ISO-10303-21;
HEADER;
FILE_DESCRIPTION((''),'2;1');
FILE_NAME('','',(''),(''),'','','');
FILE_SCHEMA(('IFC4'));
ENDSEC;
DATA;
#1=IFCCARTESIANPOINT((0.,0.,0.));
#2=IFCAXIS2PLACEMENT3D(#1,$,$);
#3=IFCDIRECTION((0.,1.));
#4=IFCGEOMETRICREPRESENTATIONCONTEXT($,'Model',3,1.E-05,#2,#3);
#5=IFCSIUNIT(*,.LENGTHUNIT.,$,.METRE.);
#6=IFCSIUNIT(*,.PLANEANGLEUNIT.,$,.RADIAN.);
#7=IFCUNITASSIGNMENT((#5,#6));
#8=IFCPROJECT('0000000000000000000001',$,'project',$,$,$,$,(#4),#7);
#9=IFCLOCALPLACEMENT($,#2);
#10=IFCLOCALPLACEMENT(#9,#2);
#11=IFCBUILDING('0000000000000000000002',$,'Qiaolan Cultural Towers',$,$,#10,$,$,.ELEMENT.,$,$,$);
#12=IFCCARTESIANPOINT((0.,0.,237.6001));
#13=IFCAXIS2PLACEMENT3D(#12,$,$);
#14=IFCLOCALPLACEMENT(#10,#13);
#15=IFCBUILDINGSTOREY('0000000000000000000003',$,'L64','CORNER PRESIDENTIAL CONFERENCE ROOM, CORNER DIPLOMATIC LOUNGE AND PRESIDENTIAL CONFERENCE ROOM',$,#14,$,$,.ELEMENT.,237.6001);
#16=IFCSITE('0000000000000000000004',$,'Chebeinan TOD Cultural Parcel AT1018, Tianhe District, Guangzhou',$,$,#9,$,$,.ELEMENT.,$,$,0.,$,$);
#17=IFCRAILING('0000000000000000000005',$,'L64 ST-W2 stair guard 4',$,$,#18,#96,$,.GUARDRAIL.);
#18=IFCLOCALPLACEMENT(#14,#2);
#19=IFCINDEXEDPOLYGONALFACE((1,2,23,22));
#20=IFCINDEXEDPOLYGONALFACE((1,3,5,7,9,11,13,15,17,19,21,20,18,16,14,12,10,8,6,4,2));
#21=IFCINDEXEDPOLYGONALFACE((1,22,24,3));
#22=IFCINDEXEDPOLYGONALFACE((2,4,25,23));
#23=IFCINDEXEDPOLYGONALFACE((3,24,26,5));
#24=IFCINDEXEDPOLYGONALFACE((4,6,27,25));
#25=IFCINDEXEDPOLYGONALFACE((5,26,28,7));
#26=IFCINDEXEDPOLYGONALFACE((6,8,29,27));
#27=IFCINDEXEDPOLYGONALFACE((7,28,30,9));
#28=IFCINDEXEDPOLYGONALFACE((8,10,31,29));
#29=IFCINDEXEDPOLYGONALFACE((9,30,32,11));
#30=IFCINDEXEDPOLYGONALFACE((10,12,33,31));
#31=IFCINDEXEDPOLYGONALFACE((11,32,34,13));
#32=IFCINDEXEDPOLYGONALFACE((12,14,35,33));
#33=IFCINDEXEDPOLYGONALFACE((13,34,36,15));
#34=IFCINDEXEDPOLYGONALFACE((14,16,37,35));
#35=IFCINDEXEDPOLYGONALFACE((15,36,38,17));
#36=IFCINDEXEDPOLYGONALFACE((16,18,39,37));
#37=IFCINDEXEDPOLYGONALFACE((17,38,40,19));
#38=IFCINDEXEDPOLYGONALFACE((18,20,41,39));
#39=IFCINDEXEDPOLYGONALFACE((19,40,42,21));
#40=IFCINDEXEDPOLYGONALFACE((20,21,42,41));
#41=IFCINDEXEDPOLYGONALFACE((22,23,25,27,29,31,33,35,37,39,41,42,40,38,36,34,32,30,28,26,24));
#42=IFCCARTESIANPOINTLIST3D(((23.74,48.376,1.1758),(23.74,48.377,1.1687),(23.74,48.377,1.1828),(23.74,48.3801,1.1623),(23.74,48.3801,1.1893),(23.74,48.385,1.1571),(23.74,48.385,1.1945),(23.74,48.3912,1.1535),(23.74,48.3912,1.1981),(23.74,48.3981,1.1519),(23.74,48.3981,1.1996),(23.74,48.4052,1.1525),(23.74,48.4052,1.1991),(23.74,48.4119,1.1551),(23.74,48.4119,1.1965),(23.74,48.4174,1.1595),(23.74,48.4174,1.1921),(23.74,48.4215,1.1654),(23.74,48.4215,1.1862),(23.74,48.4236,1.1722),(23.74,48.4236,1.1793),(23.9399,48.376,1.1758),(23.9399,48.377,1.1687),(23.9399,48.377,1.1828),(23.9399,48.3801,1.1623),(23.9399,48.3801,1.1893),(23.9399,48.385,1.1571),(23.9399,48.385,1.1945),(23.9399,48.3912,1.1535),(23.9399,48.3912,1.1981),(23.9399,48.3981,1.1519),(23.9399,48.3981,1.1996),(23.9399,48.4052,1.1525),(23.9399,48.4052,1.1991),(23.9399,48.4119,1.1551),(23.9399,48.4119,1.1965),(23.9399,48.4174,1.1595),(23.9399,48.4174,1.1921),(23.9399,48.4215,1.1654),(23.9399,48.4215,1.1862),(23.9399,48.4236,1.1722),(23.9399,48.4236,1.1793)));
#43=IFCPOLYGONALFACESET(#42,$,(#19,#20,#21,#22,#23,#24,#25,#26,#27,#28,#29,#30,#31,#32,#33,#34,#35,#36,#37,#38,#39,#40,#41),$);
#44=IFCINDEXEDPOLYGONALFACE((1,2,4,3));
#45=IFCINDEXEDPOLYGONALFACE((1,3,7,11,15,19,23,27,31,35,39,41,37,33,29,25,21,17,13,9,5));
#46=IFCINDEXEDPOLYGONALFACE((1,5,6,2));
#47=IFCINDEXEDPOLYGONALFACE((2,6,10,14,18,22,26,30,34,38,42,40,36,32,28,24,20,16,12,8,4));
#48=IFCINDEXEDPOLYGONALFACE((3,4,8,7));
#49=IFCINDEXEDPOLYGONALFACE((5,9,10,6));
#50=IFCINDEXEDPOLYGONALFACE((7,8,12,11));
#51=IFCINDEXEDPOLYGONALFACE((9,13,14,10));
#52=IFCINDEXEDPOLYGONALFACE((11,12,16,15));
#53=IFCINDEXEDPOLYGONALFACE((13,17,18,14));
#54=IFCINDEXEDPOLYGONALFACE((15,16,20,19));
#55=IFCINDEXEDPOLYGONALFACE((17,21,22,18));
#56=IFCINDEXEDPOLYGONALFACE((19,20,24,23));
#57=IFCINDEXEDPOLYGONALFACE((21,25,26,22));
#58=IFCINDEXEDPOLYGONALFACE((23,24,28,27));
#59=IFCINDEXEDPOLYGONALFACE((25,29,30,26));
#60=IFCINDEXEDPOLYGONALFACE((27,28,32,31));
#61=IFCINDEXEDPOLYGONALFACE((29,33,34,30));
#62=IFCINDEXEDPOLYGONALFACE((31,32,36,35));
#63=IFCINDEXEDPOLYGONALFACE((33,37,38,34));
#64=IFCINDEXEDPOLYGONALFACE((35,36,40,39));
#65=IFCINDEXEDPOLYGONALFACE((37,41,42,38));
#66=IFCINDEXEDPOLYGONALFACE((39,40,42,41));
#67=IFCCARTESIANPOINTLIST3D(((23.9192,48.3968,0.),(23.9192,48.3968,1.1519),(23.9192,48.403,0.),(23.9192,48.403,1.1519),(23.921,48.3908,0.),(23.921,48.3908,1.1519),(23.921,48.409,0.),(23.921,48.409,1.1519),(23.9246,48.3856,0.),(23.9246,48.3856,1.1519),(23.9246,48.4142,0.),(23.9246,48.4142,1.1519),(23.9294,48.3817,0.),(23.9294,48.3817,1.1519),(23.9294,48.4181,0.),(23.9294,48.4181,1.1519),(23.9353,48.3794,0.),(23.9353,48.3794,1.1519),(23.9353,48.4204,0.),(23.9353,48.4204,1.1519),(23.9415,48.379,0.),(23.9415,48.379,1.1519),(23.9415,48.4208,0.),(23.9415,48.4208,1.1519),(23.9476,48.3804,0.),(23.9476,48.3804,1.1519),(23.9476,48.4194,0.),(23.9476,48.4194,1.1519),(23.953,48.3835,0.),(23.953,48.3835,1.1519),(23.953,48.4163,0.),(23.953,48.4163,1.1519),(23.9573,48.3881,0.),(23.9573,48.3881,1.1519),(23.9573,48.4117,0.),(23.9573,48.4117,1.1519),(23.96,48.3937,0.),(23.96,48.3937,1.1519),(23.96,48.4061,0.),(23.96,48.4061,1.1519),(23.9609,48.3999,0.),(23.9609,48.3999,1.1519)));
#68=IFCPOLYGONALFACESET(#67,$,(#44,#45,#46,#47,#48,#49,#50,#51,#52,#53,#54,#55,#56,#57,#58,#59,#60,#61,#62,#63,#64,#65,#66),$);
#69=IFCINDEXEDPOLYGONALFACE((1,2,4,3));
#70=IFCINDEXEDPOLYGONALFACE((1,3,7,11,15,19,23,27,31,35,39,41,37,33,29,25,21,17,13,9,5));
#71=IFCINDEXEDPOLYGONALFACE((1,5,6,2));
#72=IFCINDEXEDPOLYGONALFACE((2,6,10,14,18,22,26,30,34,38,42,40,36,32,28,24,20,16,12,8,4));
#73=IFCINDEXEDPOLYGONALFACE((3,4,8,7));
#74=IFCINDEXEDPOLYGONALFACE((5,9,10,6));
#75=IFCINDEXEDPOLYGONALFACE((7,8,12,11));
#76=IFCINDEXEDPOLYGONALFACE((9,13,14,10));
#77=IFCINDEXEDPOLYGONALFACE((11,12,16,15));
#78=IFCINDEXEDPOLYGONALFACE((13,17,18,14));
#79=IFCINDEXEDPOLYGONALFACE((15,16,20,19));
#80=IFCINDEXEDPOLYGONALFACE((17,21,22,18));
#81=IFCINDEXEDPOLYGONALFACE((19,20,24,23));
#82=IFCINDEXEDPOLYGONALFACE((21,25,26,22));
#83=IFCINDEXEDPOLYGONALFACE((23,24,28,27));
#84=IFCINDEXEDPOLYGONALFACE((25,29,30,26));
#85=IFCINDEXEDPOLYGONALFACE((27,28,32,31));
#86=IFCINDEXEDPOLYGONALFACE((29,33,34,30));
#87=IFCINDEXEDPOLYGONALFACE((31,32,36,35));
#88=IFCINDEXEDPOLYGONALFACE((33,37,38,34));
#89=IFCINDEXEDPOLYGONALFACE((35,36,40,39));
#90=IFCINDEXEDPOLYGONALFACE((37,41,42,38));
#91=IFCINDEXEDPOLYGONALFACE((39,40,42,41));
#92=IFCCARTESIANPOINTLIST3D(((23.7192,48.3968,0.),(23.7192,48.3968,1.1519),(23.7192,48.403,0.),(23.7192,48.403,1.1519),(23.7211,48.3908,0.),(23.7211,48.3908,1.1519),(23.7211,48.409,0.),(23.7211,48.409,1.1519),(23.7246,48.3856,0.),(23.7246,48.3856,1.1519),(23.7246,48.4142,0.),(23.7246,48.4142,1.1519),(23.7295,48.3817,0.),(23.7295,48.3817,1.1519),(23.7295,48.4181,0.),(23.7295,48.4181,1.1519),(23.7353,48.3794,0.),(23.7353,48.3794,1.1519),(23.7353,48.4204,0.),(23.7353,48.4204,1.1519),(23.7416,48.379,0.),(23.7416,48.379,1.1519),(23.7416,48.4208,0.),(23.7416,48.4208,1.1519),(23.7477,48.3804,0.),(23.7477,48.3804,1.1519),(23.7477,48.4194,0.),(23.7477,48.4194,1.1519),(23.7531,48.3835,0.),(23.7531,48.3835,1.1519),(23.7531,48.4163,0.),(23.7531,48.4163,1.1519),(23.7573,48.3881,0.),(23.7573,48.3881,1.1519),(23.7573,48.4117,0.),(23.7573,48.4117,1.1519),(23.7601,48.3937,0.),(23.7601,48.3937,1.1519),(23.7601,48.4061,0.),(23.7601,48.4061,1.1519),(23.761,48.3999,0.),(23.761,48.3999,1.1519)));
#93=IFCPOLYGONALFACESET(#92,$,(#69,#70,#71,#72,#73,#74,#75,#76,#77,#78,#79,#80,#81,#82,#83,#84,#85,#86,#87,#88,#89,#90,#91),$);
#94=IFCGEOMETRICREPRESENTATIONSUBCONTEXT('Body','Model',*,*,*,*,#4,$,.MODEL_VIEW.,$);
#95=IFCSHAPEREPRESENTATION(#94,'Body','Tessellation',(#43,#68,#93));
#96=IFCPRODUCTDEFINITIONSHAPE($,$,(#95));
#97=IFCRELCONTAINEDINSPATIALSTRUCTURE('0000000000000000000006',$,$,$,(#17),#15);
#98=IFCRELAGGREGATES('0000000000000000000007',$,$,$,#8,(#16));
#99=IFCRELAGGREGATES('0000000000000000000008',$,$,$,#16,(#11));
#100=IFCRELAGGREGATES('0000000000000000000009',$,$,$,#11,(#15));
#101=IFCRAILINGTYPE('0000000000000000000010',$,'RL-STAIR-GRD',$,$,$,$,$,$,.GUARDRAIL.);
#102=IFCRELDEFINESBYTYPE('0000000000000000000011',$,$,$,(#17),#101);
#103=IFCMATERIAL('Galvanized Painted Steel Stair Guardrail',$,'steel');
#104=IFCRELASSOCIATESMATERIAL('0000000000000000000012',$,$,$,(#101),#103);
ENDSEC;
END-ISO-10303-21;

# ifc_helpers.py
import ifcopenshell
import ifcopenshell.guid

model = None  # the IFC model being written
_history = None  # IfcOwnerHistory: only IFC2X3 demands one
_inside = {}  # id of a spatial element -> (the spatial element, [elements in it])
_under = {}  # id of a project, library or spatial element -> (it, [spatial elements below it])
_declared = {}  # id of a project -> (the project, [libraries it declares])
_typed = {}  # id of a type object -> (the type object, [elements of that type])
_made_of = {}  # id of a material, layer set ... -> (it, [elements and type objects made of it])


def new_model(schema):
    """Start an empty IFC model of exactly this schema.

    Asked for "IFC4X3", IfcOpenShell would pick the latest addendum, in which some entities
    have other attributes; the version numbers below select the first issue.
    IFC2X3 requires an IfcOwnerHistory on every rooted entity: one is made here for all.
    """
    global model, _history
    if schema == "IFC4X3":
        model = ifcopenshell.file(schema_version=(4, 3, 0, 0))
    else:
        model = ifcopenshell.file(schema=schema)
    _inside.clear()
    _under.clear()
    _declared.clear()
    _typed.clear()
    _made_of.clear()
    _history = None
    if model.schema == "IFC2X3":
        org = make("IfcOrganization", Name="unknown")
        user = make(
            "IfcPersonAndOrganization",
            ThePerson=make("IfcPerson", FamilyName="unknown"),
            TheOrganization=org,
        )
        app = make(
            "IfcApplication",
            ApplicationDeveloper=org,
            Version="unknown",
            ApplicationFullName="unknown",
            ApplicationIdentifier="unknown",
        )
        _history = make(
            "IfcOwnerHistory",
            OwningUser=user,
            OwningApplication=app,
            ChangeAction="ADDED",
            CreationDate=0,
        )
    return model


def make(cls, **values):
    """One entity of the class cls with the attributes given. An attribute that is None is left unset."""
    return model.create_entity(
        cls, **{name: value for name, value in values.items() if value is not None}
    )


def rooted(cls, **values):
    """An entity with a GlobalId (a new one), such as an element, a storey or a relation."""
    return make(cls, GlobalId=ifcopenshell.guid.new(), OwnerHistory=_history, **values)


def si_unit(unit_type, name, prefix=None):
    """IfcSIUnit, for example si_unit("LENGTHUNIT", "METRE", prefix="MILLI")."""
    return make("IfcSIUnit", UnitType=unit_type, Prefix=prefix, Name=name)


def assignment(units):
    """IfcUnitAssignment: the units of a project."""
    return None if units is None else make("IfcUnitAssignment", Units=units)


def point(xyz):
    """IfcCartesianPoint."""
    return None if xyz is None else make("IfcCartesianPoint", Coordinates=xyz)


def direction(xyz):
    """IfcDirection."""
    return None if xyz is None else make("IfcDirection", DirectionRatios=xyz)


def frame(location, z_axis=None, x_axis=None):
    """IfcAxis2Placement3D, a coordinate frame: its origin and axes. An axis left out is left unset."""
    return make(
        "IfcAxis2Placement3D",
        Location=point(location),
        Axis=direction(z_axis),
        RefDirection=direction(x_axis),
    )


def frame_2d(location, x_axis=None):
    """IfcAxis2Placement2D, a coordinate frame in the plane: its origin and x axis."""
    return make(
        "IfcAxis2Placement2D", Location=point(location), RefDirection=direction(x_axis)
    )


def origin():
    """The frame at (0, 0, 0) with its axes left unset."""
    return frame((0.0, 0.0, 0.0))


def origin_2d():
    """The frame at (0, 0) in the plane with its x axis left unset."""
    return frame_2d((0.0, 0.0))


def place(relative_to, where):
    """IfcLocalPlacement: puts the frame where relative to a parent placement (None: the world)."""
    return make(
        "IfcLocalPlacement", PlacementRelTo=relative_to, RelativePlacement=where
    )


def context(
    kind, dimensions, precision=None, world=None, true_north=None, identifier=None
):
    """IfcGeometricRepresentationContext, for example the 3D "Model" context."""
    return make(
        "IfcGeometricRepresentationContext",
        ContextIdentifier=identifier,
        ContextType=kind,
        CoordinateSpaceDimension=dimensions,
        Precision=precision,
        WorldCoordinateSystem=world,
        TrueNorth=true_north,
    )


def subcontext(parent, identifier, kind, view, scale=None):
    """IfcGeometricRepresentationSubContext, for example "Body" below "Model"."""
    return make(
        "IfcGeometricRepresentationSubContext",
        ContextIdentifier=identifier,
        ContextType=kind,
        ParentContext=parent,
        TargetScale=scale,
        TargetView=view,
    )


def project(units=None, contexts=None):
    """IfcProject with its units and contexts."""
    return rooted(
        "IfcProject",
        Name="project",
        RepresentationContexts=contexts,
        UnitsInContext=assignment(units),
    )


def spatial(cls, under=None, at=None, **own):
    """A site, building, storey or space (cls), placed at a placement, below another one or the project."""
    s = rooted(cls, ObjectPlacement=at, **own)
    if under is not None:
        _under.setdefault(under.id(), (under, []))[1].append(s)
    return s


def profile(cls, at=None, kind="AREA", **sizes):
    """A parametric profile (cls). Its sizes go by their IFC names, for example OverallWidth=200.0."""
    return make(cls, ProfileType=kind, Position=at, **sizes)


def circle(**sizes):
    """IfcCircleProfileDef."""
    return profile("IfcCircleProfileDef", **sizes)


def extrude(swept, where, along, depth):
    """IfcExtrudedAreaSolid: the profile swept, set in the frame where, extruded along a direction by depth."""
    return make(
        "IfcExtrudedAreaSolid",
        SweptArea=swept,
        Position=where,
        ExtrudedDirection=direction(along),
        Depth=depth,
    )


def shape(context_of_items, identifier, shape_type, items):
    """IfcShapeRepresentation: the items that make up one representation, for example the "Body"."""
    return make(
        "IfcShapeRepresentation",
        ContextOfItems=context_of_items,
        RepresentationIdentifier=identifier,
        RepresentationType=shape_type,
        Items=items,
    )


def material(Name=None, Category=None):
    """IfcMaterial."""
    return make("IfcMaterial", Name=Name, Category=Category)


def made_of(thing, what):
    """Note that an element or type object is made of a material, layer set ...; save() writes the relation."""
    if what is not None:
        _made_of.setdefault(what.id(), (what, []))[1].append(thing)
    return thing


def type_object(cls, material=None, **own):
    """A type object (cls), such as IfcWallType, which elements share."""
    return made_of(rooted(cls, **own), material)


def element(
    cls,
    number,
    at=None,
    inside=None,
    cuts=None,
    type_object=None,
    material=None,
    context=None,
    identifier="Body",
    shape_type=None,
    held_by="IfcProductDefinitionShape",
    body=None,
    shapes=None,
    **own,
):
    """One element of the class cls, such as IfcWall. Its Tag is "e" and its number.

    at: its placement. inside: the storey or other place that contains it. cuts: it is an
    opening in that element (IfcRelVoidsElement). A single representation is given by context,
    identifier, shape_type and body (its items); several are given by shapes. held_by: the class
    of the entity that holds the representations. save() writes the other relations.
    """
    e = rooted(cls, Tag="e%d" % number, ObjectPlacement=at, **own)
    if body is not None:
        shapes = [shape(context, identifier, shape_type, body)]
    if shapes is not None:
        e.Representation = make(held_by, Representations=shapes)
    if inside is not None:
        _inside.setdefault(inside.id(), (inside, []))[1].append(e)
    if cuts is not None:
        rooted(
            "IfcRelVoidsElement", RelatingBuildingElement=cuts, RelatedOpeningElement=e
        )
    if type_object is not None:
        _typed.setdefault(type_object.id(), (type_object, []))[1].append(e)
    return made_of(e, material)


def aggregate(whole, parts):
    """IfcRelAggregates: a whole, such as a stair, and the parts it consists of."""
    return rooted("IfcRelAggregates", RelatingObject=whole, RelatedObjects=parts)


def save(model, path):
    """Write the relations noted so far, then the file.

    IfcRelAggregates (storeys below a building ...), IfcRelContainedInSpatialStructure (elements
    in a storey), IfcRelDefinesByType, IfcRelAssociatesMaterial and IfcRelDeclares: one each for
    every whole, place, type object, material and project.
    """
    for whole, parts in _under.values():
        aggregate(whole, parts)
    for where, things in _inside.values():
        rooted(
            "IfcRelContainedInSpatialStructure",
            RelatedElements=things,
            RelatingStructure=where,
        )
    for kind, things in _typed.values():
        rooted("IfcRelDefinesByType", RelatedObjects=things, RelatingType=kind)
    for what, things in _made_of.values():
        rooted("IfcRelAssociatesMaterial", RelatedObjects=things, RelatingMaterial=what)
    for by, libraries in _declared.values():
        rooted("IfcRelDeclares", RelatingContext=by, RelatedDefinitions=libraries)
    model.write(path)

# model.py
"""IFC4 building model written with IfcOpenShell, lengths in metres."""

from ifc_helpers import new_model, si_unit, direction, frame, origin, origin_2d, place, context, subcontext, project, spatial, circle, extrude, material, type_object, element, save


model = new_model("IFC4")

# Units and contexts
model_context = context("Model", 3, precision=1e-05, world=origin(), true_north=direction((0.0, 1.0)))
body_context = subcontext(model_context, "Body", "Model", "MODEL_VIEW")
ifc_project = project(units=[si_unit("LENGTHUNIT", "METRE"), si_unit("PLANEANGLEUNIT", "RADIAN")], contexts=[model_context])

# Site, building, storey
site_placement = place(None, origin())
site = spatial("IfcSite", under=ifc_project, at=site_placement, Name="Chebeinan TOD Cultural Parcel AT1018, Tianhe District, Guangzhou", CompositionType="ELEMENT", RefElevation=0.0)
building_placement = place(site_placement, origin())
building = spatial("IfcBuilding", under=site, at=building_placement, Name="Qiaolan Cultural Towers", CompositionType="ELEMENT")
storey_placement = place(building_placement, frame((0.0, 0.0, 237.6001)))
storey = spatial("IfcBuildingStorey", under=building, at=storey_placement, Name="L64", Description="CORNER PRESIDENTIAL CONFERENCE ROOM, CORNER DIPLOMATIC LOUNGE AND PRESIDENTIAL CONFERENCE ROOM", CompositionType="ELEMENT", Elevation=237.6001)

# Railing
ifc_material_1 = material(Name="Galvanized Painted Steel Stair Guardrail", Category="steel")
railing_type_1 = type_object("IfcRailingType", Name="RL-STAIR-GRD", PredefinedType="GUARDRAIL", material=ifc_material_1)
railing_1_placement = place(storey_placement, frame((23.9399, 48.3999, 0.0)))
element("IfcRailing", 1, at=railing_1_placement, inside=storey, type_object=railing_type_1, Name="L64 ST-W2 stair guard 4", PredefinedType="GUARDRAIL", context=body_context, shape_type="SweptSolid", body=[
    extrude(circle(Radius=0.0239, at=origin_2d()), frame((0.0, 0.0, 1.1758), z_axis=(-1.0, 0.0, 0.0), x_axis=(0.0, -1.0, 0.0)), (0.0, 0.0, 1.0), 0.2),
    extrude(circle(Radius=0.021, at=origin_2d()), origin(), (0.0, 0.0, 1.0), 1.1519),
    extrude(circle(Radius=0.021, at=origin_2d()), frame((-0.2, 0.0, 0.0)), (0.0, 0.0, 1.0), 1.1519),
])

save(model, "model.ifc")
